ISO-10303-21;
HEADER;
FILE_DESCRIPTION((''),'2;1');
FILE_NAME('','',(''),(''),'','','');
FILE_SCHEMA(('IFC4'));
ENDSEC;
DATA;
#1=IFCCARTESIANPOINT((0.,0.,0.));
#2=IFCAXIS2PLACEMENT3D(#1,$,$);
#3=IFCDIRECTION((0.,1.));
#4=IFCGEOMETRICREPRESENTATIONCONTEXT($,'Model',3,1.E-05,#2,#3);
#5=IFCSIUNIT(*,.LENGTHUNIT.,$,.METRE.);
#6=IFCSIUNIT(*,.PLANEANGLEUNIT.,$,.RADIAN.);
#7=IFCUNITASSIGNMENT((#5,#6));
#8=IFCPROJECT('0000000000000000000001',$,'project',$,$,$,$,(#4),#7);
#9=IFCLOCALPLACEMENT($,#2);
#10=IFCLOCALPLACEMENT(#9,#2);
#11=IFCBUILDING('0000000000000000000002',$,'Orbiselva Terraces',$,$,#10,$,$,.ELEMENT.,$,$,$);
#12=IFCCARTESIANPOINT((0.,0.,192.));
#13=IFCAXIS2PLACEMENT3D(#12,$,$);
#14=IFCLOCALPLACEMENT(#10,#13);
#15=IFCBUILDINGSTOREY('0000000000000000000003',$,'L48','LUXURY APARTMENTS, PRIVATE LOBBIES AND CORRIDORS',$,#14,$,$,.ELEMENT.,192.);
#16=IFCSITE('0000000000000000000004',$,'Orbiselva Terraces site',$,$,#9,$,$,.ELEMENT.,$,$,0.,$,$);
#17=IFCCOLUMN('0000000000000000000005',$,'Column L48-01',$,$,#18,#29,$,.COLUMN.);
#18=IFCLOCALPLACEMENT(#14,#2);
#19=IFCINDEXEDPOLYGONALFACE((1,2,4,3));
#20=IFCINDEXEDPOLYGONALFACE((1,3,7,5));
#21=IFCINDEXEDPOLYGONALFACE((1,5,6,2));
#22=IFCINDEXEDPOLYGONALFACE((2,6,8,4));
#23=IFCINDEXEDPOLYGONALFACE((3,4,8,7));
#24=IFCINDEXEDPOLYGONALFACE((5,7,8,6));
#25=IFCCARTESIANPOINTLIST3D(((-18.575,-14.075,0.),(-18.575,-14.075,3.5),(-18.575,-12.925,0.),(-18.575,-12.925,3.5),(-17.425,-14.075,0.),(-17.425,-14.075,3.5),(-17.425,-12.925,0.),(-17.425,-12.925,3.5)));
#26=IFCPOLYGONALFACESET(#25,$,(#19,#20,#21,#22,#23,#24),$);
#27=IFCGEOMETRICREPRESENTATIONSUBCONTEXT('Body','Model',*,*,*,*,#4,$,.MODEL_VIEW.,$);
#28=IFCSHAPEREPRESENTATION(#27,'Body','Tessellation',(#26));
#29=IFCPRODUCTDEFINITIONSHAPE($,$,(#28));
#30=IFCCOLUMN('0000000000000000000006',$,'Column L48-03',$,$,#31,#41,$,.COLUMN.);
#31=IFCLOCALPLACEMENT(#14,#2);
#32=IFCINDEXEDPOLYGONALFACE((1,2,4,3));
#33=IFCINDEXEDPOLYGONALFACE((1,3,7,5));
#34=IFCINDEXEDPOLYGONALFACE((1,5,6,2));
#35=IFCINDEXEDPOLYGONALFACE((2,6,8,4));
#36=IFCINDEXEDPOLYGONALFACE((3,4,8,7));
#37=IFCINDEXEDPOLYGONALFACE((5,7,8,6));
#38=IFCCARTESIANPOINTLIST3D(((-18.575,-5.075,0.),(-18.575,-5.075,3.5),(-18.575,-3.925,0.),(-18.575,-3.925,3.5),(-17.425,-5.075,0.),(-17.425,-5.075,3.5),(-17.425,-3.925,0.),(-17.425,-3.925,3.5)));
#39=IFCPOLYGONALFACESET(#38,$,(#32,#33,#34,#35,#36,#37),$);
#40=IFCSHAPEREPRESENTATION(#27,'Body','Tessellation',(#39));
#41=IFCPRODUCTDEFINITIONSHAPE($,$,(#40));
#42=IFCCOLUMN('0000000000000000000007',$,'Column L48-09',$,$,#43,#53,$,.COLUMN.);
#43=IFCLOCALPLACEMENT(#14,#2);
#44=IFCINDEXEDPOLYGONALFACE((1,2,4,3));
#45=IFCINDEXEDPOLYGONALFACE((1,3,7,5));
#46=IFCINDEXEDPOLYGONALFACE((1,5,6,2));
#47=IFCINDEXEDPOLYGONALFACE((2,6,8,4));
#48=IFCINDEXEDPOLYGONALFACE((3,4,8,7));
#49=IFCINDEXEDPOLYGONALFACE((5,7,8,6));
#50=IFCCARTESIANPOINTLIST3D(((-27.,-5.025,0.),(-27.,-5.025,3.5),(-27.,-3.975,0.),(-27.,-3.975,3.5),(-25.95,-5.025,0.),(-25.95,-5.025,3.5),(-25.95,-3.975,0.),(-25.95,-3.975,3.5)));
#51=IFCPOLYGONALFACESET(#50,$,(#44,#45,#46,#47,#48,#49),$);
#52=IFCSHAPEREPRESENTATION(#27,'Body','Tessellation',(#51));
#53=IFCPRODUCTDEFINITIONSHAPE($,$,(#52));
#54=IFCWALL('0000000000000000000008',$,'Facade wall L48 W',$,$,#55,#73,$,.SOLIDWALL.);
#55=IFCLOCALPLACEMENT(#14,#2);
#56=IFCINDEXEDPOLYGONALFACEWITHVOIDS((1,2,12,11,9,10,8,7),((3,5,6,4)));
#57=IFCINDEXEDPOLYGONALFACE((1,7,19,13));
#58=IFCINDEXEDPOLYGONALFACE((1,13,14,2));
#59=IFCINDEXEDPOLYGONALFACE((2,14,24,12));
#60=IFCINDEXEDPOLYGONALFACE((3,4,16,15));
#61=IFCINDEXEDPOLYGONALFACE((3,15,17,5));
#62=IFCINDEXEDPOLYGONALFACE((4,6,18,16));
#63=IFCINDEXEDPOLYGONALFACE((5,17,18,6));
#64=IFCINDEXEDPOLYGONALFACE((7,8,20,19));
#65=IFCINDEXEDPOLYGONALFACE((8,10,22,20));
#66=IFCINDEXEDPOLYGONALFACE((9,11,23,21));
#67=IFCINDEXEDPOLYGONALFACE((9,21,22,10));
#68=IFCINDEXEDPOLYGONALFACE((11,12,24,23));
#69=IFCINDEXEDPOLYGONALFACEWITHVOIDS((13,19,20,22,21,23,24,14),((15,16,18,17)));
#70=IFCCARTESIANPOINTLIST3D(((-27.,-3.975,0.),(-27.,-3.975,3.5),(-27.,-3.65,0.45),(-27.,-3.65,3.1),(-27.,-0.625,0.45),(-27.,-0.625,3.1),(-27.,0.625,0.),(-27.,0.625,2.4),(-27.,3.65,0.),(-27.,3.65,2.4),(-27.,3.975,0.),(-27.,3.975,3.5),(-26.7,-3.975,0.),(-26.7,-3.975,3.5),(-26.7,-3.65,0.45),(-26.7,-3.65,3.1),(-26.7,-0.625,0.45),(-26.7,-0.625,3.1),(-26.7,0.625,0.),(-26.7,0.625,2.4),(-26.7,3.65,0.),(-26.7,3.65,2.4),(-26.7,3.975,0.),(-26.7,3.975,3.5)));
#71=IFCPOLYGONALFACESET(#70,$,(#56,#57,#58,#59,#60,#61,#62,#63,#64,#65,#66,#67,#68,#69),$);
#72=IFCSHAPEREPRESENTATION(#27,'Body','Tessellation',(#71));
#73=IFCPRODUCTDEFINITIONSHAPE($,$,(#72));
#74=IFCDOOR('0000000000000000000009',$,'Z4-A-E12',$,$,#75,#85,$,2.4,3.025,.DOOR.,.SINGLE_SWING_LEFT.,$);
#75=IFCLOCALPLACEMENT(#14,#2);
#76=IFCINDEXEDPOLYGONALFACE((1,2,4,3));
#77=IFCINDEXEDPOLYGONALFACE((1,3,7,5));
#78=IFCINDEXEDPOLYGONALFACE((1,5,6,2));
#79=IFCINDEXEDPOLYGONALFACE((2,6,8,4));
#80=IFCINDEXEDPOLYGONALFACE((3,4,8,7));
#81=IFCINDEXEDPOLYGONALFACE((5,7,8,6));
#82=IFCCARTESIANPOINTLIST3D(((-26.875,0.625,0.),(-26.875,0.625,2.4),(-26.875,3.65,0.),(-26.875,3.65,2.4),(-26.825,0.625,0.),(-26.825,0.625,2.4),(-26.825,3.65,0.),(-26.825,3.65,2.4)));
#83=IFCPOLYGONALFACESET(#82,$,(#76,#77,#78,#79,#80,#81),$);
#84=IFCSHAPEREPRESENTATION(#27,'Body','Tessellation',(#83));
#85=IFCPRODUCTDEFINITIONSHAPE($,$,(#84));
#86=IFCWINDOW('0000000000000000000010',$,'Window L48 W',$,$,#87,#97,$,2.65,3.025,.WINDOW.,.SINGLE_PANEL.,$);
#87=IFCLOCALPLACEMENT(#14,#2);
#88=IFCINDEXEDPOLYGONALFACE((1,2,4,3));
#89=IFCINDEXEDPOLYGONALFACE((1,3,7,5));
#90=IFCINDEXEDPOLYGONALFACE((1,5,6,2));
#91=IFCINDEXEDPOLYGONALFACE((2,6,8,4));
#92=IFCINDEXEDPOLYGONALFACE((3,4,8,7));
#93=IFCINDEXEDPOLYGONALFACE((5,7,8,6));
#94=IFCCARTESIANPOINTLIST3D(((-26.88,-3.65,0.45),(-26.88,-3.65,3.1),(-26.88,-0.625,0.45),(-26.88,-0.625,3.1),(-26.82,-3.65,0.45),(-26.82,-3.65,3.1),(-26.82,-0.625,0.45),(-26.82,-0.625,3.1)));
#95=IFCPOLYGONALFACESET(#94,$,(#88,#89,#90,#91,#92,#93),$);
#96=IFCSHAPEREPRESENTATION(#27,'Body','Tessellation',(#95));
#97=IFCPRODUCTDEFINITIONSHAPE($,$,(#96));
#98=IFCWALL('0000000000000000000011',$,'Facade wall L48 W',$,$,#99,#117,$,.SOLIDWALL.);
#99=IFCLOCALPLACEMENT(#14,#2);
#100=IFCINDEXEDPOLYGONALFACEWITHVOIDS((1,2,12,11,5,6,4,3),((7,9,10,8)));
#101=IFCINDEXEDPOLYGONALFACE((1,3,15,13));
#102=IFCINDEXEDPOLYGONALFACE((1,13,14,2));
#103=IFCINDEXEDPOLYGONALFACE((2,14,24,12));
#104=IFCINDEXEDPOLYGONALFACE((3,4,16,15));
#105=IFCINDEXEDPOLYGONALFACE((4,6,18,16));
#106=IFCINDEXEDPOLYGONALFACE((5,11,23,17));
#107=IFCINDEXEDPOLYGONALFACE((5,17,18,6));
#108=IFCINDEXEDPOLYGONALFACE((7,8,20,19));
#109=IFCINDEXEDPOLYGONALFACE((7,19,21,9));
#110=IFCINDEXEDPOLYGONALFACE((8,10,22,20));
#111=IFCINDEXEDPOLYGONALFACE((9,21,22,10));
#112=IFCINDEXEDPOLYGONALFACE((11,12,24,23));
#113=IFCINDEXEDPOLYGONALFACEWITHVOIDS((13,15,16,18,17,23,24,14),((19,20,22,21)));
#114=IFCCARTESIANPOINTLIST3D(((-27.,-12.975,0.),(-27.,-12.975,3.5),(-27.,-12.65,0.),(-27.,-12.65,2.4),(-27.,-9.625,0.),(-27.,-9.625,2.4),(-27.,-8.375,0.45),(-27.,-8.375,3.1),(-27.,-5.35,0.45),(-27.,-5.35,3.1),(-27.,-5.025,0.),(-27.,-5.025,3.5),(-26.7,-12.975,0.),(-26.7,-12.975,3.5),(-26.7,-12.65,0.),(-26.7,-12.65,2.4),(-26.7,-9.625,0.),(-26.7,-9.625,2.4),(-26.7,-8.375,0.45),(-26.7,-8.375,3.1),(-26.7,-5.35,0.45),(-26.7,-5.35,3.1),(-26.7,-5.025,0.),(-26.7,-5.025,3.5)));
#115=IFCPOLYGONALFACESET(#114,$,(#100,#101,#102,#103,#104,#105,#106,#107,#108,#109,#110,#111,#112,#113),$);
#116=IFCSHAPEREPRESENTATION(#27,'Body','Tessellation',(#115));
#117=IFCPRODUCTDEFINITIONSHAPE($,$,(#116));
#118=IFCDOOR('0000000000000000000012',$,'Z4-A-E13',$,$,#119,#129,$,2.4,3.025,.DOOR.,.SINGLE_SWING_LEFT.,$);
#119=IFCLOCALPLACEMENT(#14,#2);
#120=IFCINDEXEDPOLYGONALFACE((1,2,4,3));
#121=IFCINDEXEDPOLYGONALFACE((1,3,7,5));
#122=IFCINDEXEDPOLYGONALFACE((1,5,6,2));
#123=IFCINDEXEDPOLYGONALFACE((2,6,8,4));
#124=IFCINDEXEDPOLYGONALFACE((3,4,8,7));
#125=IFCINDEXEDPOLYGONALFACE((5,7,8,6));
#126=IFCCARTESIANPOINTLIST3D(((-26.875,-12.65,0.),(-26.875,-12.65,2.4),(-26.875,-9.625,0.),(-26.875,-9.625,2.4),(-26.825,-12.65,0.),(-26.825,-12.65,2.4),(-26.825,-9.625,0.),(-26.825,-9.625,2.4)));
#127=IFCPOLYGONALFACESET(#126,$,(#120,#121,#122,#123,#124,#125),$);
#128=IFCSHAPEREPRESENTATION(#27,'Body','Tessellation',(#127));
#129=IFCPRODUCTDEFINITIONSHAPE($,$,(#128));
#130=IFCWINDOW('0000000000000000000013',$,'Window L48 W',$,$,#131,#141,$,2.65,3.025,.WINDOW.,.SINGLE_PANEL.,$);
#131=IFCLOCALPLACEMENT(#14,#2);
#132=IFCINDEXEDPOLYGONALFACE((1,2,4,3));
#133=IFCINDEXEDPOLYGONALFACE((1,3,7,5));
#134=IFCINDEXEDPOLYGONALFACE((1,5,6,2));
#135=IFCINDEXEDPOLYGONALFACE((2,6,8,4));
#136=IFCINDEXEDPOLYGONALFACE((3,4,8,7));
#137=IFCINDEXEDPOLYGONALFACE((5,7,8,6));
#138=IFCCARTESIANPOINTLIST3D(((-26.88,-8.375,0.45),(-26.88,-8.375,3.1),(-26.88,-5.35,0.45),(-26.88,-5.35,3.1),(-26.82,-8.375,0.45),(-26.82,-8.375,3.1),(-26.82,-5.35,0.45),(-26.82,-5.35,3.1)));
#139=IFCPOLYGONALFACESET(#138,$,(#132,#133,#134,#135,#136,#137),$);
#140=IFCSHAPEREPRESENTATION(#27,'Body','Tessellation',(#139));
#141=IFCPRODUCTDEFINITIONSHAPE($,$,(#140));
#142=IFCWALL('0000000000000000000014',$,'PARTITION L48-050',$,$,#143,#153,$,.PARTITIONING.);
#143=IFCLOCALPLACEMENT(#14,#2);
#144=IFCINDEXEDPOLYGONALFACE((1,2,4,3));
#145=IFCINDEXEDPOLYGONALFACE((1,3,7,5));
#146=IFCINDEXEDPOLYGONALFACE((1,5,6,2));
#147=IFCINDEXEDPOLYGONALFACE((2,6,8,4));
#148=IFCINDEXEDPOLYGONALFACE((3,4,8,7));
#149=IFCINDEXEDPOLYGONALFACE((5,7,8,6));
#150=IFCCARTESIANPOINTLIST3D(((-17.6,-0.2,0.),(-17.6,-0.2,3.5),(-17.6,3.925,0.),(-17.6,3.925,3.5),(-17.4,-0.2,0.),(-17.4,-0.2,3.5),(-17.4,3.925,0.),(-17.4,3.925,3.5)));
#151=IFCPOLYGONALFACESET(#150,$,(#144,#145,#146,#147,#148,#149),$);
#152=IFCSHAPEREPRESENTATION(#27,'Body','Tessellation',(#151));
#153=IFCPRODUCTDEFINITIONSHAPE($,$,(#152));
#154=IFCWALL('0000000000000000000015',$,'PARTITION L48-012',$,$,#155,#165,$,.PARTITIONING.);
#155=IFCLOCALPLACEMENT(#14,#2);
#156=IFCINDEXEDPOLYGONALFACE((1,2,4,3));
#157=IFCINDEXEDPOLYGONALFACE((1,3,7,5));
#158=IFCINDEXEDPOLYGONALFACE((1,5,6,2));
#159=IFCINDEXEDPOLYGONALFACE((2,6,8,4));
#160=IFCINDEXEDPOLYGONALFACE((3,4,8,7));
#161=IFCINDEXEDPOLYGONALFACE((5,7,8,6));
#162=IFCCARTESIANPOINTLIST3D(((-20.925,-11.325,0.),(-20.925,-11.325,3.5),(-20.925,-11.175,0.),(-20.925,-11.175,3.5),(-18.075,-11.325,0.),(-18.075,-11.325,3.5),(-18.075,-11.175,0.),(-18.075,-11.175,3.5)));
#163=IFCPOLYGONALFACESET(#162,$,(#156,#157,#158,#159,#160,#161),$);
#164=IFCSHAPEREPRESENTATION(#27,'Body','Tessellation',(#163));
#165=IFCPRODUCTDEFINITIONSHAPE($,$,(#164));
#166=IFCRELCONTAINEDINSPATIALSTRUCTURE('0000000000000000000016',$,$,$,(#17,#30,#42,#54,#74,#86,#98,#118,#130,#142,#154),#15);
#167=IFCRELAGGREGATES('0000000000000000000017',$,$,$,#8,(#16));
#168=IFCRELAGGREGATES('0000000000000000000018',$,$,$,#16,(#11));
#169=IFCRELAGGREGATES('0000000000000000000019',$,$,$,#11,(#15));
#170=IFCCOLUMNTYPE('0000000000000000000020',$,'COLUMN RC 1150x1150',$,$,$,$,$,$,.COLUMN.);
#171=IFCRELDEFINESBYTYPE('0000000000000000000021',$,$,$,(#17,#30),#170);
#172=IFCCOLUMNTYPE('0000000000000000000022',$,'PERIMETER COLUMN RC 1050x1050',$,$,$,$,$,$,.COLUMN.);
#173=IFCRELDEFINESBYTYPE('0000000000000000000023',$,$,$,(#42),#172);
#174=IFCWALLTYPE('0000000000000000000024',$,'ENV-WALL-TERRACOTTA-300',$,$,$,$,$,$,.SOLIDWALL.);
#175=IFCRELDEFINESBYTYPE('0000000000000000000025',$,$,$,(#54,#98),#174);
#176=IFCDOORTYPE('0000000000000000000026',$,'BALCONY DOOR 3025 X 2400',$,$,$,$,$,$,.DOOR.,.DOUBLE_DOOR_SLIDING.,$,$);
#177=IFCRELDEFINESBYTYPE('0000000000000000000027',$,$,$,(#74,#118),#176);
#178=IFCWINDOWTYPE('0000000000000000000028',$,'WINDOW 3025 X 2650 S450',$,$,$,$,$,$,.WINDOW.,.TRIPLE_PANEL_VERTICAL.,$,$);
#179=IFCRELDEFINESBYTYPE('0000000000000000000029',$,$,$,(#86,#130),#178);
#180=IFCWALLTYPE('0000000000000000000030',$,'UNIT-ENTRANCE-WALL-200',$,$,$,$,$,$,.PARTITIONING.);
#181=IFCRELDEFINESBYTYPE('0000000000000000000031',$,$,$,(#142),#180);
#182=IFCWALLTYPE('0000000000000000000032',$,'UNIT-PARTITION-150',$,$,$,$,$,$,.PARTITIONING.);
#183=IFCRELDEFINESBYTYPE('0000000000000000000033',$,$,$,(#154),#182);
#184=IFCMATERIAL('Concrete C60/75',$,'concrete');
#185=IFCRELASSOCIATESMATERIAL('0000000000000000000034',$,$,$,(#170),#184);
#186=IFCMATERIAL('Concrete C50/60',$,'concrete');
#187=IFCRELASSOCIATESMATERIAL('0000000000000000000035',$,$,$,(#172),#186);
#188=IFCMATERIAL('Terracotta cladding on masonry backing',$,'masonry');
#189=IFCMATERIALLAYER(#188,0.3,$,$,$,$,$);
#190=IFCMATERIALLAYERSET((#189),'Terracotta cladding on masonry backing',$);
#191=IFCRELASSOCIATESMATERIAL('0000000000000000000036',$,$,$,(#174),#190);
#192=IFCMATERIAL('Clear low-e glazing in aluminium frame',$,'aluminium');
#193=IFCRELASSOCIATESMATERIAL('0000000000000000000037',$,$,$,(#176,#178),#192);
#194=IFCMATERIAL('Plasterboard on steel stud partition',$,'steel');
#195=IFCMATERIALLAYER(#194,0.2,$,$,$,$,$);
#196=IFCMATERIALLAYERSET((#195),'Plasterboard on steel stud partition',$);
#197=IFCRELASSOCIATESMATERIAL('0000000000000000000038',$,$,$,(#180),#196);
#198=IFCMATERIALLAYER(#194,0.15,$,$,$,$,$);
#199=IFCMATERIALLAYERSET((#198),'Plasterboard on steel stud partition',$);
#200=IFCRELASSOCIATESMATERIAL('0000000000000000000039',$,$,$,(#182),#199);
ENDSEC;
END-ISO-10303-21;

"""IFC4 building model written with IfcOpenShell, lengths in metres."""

from ifc_helpers import new_model, si_unit, direction, frame, frame_2d, origin, origin_2d, place, context, subcontext, project, spatial, rectangle, extrude, material, layer, layer_set, material_profile, profile_set, type_object, element, fill, save


model = new_model("IFC4")

# Units and contexts
model_context = context("Model", 3, precision=1e-05, world=origin(), true_north=direction((0.0, 1.0)))
body_context = subcontext(model_context, "Body", "Model", "MODEL_VIEW")
ifc_project = project(units=[si_unit("LENGTHUNIT", "METRE"), si_unit("PLANEANGLEUNIT", "RADIAN")], contexts=[model_context])

# Site, building, storey
site_placement = place(None, origin())
site = spatial("IfcSite", under=ifc_project, at=site_placement, Name="Orbiselva Terraces site", CompositionType="ELEMENT", RefElevation=0.0)
building_placement = place(site_placement, origin())
building = spatial("IfcBuilding", under=site, at=building_placement, Name="Orbiselva Terraces", CompositionType="ELEMENT")
storey_placement = place(building_placement, frame((0.0, 0.0, 192.0)))
storey = spatial("IfcBuildingStorey", under=building, at=storey_placement, Name="L48", Description="LUXURY APARTMENTS, PRIVATE LOBBIES AND CORRIDORS", CompositionType="ELEMENT", Elevation=192.0)

# Columns
ifc_material_1 = material(Name="Concrete C60/75", Category="concrete")
ifc_material_profile_1 = material_profile(ifc_material_1, rectangle(XDim=1.15, YDim=1.15, at=origin_2d()), Name="RC 1150x1150")
ifc_profile_set_1 = profile_set([ifc_material_profile_1], Name="Concrete C60/75")
column_type_1 = type_object("IfcColumnType", Name="COLUMN RC 1150x1150", PredefinedType="COLUMN", material=ifc_profile_set_1)
for number, where, z_axis, x_axis, name in (
    (1, (-18.0, -13.5, 0.0), (0.0, 0.0, 1.0), (1.0, 0.0, 0.0), "Column L48-01"),
    (2, (-18.0, -4.5, 0.0), (0.0, 0.0, 1.0), (1.0, 0.0, 0.0), "Column L48-03"),
):
    element("IfcColumn", number, at=place(storey_placement, frame(where, z_axis=z_axis, x_axis=x_axis)), inside=storey, type_object=column_type_1, Name=name, PredefinedType="COLUMN", context=body_context, shape_type="SweptSolid", body=[
        extrude(rectangle(XDim=1.15, YDim=1.15, at=origin_2d()), origin(), (0.0, 0.0, 1.0), 3.5),
    ])
ifc_material_2 = material(Name="Concrete C50/60", Category="concrete")
ifc_material_profile_2 = material_profile(ifc_material_2, rectangle(XDim=1.05, YDim=1.05, at=origin_2d()), Name="RC 1050x1050")
ifc_profile_set_2 = profile_set([ifc_material_profile_2], Name="Concrete C50/60")
column_type_2 = type_object("IfcColumnType", Name="PERIMETER COLUMN RC 1050x1050", PredefinedType="COLUMN", material=ifc_profile_set_2)
column_placement = place(storey_placement, frame((-26.475, -4.5, 0.0), z_axis=(0.0, 0.0, 1.0), x_axis=(1.0, 0.0, 0.0)))
element("IfcColumn", 3, at=column_placement, inside=storey, type_object=column_type_2, Name="Column L48-09", PredefinedType="COLUMN", context=body_context, shape_type="SweptSolid", body=[
    extrude(rectangle(XDim=1.05, YDim=1.05, at=origin_2d()), origin(), (0.0, 0.0, 1.0), 3.5),
])

# Walls, openings, doors, windows
ifc_material_3 = material(Name="Terracotta cladding on masonry backing", Category="masonry")
ifc_layer_1 = layer(ifc_material_3, 0.3)
ifc_layer_set_1 = layer_set([ifc_layer_1], Name="Terracotta cladding on masonry backing")
wall_type_1 = type_object("IfcWallType", Name="ENV-WALL-TERRACOTTA-300", PredefinedType="SOLIDWALL", material=ifc_layer_set_1)
wall_1_placement = place(storey_placement, frame((-26.85, -3.975, 0.0), z_axis=(0.0, 0.0, 1.0), x_axis=(0.0, 1.0, 0.0)))
wall_1 = element("IfcWall", 4, at=wall_1_placement, inside=storey, type_object=wall_type_1, Name="Facade wall L48 W", PredefinedType="SOLIDWALL", context=body_context, shape_type="SweptSolid", body=[
    extrude(rectangle(XDim=7.95, YDim=0.3, at=frame_2d((3.975, 0.0))), origin(), (0.0, 0.0, 1.0), 3.5),
])
opening_1_placement = place(wall_1_placement, frame((4.6, 0.0, 0.0)))
opening_1 = element("IfcOpeningElement", 5, at=opening_1_placement, cuts=wall_1, PredefinedType="OPENING", context=body_context, shape_type="SweptSolid", body=[
    extrude(rectangle(XDim=3.025, YDim=2.4, at=frame_2d((1.5125, 1.2))), frame((0.0, 0.16, 0.0), z_axis=(0.0, -1.0, 0.0), x_axis=(1.0, 0.0, 0.0)), (0.0, 0.0, 1.0), 0.32),
])
opening_2_placement = place(wall_1_placement, frame((0.325, 0.0, 0.45)))
opening_2 = element("IfcOpeningElement", 6, at=opening_2_placement, cuts=wall_1, PredefinedType="OPENING", context=body_context, shape_type="SweptSolid", body=[
    extrude(rectangle(XDim=3.025, YDim=2.65, at=frame_2d((1.5125, 1.325))), frame((0.0, 0.16, 0.0), z_axis=(0.0, -1.0, 0.0), x_axis=(1.0, 0.0, 0.0)), (0.0, 0.0, 1.0), 0.32),
])
ifc_material_4 = material(Name="Clear low-e glazing in aluminium frame", Category="aluminium")
door_type_1 = type_object("IfcDoorType", Name="BALCONY DOOR 3025 X 2400", OperationType="DOUBLE_DOOR_SLIDING", PredefinedType="DOOR", material=ifc_material_4)
door_1_placement = place(opening_1_placement, origin())
door_1 = element("IfcDoor", 7, at=door_1_placement, inside=storey, type_object=door_type_1, Name="Z4-A-E12", OperationType="SINGLE_SWING_LEFT", OverallHeight=2.4, OverallWidth=3.025, PredefinedType="DOOR", context=body_context, shape_type="SweptSolid", body=[
    extrude(rectangle(XDim=3.025, YDim=2.4, at=frame_2d((1.5125, 1.2))), frame((0.0, 0.025, 0.0), z_axis=(0.0, -1.0, 0.0), x_axis=(1.0, 0.0, 0.0)), (0.0, 0.0, 1.0), 0.05),
])
fill(opening_1, door_1)
window_type = type_object("IfcWindowType", Name="WINDOW 3025 X 2650 S450", PartitioningType="TRIPLE_PANEL_VERTICAL", PredefinedType="WINDOW", material=ifc_material_4)
window_1_placement = place(opening_2_placement, origin())
window_1 = element("IfcWindow", 8, at=window_1_placement, inside=storey, type_object=window_type, Name="Window L48 W", OverallHeight=2.65, OverallWidth=3.025, PartitioningType="SINGLE_PANEL", PredefinedType="WINDOW", context=body_context, shape_type="SweptSolid", body=[
    extrude(rectangle(XDim=3.025, YDim=2.65, at=frame_2d((1.5125, 1.325))), frame((0.0, 0.03, 0.0), z_axis=(0.0, -1.0, 0.0), x_axis=(1.0, 0.0, 0.0)), (0.0, 0.0, 1.0), 0.06),
])
fill(opening_2, window_1)
wall_2_placement = place(storey_placement, frame((-26.85, -12.975, 0.0), z_axis=(0.0, 0.0, 1.0), x_axis=(0.0, 1.0, 0.0)))
wall_2 = element("IfcWall", 9, at=wall_2_placement, inside=storey, type_object=wall_type_1, Name="Facade wall L48 W", PredefinedType="SOLIDWALL", context=body_context, shape_type="SweptSolid", body=[
    extrude(rectangle(XDim=7.95, YDim=0.3, at=frame_2d((3.975, 0.0))), origin(), (0.0, 0.0, 1.0), 3.5),
])
opening_3_placement = place(wall_2_placement, frame((4.6, 0.0, 0.45)))
opening_3 = element("IfcOpeningElement", 10, at=opening_3_placement, cuts=wall_2, PredefinedType="OPENING", context=body_context, shape_type="SweptSolid", body=[
    extrude(rectangle(XDim=3.025, YDim=2.65, at=frame_2d((1.5125, 1.325))), frame((0.0, 0.16, 0.0), z_axis=(0.0, -1.0, 0.0), x_axis=(1.0, 0.0, 0.0)), (0.0, 0.0, 1.0), 0.32),
])
opening_4_placement = place(wall_2_placement, frame((0.325, 0.0, 0.0)))
opening_4 = element("IfcOpeningElement", 11, at=opening_4_placement, cuts=wall_2, PredefinedType="OPENING", context=body_context, shape_type="SweptSolid", body=[
    extrude(rectangle(XDim=3.025, YDim=2.4, at=frame_2d((1.5125, 1.2))), frame((0.0, 0.16, 0.0), z_axis=(0.0, -1.0, 0.0), x_axis=(1.0, 0.0, 0.0)), (0.0, 0.0, 1.0), 0.32),
])
door_2_placement = place(opening_4_placement, origin())
door_2 = element("IfcDoor", 12, at=door_2_placement, inside=storey, type_object=door_type_1, Name="Z4-A-E13", OperationType="SINGLE_SWING_LEFT", OverallHeight=2.4, OverallWidth=3.025, PredefinedType="DOOR", context=body_context, shape_type="SweptSolid", body=[
    extrude(rectangle(XDim=3.025, YDim=2.4, at=frame_2d((1.5125, 1.2))), frame((0.0, 0.025, 0.0), z_axis=(0.0, -1.0, 0.0), x_axis=(1.0, 0.0, 0.0)), (0.0, 0.0, 1.0), 0.05),
])
fill(opening_4, door_2)
window_2_placement = place(opening_3_placement, origin())
window_2 = element("IfcWindow", 13, at=window_2_placement, inside=storey, type_object=window_type, Name="Window L48 W", OverallHeight=2.65, OverallWidth=3.025, PartitioningType="SINGLE_PANEL", PredefinedType="WINDOW", context=body_context, shape_type="SweptSolid", body=[
    extrude(rectangle(XDim=3.025, YDim=2.65, at=frame_2d((1.5125, 1.325))), frame((0.0, 0.03, 0.0), z_axis=(0.0, -1.0, 0.0), x_axis=(1.0, 0.0, 0.0)), (0.0, 0.0, 1.0), 0.06),
])
fill(opening_3, window_2)

# Walls
ifc_material_5 = material(Name="Plasterboard on steel stud partition", Category="steel")
ifc_layer_2 = layer(ifc_material_5, 0.2)
ifc_layer_set_2 = layer_set([ifc_layer_2], Name="Plasterboard on steel stud partition")
wall_type_2 = type_object("IfcWallType", Name="UNIT-ENTRANCE-WALL-200", PredefinedType="PARTITIONING", material=ifc_layer_set_2)
wall_3_placement = place(storey_placement, frame((-17.5, -0.2, 0.0), z_axis=(0.0, 0.0, 1.0), x_axis=(0.0, 1.0, 0.0)))
element("IfcWall", 14, at=wall_3_placement, inside=storey, type_object=wall_type_2, Name="PARTITION L48-050", PredefinedType="PARTITIONING", context=body_context, shape_type="SweptSolid", body=[
    extrude(rectangle(XDim=4.125, YDim=0.2, at=frame_2d((2.0625, 0.0))), origin(), (0.0, 0.0, 1.0), 3.5),
])
ifc_layer_3 = layer(ifc_material_5, 0.15)
ifc_layer_set_3 = layer_set([ifc_layer_3], Name="Plasterboard on steel stud partition")
wall_type_3 = type_object("IfcWallType", Name="UNIT-PARTITION-150", PredefinedType="PARTITIONING", material=ifc_layer_set_3)
wall_4_placement = place(storey_placement, frame((-20.925, -11.25, 0.0), z_axis=(0.0, 0.0, 1.0), x_axis=(1.0, 0.0, 0.0)))
element("IfcWall", 15, at=wall_4_placement, inside=storey, type_object=wall_type_3, Name="PARTITION L48-012", PredefinedType="PARTITIONING", context=body_context, shape_type="SweptSolid", body=[
    extrude(rectangle(XDim=2.85, YDim=0.15, at=frame_2d((1.425, 0.0))), origin(), (0.0, 0.0, 1.0), 3.5),
])

save(model, "model.ifc")
